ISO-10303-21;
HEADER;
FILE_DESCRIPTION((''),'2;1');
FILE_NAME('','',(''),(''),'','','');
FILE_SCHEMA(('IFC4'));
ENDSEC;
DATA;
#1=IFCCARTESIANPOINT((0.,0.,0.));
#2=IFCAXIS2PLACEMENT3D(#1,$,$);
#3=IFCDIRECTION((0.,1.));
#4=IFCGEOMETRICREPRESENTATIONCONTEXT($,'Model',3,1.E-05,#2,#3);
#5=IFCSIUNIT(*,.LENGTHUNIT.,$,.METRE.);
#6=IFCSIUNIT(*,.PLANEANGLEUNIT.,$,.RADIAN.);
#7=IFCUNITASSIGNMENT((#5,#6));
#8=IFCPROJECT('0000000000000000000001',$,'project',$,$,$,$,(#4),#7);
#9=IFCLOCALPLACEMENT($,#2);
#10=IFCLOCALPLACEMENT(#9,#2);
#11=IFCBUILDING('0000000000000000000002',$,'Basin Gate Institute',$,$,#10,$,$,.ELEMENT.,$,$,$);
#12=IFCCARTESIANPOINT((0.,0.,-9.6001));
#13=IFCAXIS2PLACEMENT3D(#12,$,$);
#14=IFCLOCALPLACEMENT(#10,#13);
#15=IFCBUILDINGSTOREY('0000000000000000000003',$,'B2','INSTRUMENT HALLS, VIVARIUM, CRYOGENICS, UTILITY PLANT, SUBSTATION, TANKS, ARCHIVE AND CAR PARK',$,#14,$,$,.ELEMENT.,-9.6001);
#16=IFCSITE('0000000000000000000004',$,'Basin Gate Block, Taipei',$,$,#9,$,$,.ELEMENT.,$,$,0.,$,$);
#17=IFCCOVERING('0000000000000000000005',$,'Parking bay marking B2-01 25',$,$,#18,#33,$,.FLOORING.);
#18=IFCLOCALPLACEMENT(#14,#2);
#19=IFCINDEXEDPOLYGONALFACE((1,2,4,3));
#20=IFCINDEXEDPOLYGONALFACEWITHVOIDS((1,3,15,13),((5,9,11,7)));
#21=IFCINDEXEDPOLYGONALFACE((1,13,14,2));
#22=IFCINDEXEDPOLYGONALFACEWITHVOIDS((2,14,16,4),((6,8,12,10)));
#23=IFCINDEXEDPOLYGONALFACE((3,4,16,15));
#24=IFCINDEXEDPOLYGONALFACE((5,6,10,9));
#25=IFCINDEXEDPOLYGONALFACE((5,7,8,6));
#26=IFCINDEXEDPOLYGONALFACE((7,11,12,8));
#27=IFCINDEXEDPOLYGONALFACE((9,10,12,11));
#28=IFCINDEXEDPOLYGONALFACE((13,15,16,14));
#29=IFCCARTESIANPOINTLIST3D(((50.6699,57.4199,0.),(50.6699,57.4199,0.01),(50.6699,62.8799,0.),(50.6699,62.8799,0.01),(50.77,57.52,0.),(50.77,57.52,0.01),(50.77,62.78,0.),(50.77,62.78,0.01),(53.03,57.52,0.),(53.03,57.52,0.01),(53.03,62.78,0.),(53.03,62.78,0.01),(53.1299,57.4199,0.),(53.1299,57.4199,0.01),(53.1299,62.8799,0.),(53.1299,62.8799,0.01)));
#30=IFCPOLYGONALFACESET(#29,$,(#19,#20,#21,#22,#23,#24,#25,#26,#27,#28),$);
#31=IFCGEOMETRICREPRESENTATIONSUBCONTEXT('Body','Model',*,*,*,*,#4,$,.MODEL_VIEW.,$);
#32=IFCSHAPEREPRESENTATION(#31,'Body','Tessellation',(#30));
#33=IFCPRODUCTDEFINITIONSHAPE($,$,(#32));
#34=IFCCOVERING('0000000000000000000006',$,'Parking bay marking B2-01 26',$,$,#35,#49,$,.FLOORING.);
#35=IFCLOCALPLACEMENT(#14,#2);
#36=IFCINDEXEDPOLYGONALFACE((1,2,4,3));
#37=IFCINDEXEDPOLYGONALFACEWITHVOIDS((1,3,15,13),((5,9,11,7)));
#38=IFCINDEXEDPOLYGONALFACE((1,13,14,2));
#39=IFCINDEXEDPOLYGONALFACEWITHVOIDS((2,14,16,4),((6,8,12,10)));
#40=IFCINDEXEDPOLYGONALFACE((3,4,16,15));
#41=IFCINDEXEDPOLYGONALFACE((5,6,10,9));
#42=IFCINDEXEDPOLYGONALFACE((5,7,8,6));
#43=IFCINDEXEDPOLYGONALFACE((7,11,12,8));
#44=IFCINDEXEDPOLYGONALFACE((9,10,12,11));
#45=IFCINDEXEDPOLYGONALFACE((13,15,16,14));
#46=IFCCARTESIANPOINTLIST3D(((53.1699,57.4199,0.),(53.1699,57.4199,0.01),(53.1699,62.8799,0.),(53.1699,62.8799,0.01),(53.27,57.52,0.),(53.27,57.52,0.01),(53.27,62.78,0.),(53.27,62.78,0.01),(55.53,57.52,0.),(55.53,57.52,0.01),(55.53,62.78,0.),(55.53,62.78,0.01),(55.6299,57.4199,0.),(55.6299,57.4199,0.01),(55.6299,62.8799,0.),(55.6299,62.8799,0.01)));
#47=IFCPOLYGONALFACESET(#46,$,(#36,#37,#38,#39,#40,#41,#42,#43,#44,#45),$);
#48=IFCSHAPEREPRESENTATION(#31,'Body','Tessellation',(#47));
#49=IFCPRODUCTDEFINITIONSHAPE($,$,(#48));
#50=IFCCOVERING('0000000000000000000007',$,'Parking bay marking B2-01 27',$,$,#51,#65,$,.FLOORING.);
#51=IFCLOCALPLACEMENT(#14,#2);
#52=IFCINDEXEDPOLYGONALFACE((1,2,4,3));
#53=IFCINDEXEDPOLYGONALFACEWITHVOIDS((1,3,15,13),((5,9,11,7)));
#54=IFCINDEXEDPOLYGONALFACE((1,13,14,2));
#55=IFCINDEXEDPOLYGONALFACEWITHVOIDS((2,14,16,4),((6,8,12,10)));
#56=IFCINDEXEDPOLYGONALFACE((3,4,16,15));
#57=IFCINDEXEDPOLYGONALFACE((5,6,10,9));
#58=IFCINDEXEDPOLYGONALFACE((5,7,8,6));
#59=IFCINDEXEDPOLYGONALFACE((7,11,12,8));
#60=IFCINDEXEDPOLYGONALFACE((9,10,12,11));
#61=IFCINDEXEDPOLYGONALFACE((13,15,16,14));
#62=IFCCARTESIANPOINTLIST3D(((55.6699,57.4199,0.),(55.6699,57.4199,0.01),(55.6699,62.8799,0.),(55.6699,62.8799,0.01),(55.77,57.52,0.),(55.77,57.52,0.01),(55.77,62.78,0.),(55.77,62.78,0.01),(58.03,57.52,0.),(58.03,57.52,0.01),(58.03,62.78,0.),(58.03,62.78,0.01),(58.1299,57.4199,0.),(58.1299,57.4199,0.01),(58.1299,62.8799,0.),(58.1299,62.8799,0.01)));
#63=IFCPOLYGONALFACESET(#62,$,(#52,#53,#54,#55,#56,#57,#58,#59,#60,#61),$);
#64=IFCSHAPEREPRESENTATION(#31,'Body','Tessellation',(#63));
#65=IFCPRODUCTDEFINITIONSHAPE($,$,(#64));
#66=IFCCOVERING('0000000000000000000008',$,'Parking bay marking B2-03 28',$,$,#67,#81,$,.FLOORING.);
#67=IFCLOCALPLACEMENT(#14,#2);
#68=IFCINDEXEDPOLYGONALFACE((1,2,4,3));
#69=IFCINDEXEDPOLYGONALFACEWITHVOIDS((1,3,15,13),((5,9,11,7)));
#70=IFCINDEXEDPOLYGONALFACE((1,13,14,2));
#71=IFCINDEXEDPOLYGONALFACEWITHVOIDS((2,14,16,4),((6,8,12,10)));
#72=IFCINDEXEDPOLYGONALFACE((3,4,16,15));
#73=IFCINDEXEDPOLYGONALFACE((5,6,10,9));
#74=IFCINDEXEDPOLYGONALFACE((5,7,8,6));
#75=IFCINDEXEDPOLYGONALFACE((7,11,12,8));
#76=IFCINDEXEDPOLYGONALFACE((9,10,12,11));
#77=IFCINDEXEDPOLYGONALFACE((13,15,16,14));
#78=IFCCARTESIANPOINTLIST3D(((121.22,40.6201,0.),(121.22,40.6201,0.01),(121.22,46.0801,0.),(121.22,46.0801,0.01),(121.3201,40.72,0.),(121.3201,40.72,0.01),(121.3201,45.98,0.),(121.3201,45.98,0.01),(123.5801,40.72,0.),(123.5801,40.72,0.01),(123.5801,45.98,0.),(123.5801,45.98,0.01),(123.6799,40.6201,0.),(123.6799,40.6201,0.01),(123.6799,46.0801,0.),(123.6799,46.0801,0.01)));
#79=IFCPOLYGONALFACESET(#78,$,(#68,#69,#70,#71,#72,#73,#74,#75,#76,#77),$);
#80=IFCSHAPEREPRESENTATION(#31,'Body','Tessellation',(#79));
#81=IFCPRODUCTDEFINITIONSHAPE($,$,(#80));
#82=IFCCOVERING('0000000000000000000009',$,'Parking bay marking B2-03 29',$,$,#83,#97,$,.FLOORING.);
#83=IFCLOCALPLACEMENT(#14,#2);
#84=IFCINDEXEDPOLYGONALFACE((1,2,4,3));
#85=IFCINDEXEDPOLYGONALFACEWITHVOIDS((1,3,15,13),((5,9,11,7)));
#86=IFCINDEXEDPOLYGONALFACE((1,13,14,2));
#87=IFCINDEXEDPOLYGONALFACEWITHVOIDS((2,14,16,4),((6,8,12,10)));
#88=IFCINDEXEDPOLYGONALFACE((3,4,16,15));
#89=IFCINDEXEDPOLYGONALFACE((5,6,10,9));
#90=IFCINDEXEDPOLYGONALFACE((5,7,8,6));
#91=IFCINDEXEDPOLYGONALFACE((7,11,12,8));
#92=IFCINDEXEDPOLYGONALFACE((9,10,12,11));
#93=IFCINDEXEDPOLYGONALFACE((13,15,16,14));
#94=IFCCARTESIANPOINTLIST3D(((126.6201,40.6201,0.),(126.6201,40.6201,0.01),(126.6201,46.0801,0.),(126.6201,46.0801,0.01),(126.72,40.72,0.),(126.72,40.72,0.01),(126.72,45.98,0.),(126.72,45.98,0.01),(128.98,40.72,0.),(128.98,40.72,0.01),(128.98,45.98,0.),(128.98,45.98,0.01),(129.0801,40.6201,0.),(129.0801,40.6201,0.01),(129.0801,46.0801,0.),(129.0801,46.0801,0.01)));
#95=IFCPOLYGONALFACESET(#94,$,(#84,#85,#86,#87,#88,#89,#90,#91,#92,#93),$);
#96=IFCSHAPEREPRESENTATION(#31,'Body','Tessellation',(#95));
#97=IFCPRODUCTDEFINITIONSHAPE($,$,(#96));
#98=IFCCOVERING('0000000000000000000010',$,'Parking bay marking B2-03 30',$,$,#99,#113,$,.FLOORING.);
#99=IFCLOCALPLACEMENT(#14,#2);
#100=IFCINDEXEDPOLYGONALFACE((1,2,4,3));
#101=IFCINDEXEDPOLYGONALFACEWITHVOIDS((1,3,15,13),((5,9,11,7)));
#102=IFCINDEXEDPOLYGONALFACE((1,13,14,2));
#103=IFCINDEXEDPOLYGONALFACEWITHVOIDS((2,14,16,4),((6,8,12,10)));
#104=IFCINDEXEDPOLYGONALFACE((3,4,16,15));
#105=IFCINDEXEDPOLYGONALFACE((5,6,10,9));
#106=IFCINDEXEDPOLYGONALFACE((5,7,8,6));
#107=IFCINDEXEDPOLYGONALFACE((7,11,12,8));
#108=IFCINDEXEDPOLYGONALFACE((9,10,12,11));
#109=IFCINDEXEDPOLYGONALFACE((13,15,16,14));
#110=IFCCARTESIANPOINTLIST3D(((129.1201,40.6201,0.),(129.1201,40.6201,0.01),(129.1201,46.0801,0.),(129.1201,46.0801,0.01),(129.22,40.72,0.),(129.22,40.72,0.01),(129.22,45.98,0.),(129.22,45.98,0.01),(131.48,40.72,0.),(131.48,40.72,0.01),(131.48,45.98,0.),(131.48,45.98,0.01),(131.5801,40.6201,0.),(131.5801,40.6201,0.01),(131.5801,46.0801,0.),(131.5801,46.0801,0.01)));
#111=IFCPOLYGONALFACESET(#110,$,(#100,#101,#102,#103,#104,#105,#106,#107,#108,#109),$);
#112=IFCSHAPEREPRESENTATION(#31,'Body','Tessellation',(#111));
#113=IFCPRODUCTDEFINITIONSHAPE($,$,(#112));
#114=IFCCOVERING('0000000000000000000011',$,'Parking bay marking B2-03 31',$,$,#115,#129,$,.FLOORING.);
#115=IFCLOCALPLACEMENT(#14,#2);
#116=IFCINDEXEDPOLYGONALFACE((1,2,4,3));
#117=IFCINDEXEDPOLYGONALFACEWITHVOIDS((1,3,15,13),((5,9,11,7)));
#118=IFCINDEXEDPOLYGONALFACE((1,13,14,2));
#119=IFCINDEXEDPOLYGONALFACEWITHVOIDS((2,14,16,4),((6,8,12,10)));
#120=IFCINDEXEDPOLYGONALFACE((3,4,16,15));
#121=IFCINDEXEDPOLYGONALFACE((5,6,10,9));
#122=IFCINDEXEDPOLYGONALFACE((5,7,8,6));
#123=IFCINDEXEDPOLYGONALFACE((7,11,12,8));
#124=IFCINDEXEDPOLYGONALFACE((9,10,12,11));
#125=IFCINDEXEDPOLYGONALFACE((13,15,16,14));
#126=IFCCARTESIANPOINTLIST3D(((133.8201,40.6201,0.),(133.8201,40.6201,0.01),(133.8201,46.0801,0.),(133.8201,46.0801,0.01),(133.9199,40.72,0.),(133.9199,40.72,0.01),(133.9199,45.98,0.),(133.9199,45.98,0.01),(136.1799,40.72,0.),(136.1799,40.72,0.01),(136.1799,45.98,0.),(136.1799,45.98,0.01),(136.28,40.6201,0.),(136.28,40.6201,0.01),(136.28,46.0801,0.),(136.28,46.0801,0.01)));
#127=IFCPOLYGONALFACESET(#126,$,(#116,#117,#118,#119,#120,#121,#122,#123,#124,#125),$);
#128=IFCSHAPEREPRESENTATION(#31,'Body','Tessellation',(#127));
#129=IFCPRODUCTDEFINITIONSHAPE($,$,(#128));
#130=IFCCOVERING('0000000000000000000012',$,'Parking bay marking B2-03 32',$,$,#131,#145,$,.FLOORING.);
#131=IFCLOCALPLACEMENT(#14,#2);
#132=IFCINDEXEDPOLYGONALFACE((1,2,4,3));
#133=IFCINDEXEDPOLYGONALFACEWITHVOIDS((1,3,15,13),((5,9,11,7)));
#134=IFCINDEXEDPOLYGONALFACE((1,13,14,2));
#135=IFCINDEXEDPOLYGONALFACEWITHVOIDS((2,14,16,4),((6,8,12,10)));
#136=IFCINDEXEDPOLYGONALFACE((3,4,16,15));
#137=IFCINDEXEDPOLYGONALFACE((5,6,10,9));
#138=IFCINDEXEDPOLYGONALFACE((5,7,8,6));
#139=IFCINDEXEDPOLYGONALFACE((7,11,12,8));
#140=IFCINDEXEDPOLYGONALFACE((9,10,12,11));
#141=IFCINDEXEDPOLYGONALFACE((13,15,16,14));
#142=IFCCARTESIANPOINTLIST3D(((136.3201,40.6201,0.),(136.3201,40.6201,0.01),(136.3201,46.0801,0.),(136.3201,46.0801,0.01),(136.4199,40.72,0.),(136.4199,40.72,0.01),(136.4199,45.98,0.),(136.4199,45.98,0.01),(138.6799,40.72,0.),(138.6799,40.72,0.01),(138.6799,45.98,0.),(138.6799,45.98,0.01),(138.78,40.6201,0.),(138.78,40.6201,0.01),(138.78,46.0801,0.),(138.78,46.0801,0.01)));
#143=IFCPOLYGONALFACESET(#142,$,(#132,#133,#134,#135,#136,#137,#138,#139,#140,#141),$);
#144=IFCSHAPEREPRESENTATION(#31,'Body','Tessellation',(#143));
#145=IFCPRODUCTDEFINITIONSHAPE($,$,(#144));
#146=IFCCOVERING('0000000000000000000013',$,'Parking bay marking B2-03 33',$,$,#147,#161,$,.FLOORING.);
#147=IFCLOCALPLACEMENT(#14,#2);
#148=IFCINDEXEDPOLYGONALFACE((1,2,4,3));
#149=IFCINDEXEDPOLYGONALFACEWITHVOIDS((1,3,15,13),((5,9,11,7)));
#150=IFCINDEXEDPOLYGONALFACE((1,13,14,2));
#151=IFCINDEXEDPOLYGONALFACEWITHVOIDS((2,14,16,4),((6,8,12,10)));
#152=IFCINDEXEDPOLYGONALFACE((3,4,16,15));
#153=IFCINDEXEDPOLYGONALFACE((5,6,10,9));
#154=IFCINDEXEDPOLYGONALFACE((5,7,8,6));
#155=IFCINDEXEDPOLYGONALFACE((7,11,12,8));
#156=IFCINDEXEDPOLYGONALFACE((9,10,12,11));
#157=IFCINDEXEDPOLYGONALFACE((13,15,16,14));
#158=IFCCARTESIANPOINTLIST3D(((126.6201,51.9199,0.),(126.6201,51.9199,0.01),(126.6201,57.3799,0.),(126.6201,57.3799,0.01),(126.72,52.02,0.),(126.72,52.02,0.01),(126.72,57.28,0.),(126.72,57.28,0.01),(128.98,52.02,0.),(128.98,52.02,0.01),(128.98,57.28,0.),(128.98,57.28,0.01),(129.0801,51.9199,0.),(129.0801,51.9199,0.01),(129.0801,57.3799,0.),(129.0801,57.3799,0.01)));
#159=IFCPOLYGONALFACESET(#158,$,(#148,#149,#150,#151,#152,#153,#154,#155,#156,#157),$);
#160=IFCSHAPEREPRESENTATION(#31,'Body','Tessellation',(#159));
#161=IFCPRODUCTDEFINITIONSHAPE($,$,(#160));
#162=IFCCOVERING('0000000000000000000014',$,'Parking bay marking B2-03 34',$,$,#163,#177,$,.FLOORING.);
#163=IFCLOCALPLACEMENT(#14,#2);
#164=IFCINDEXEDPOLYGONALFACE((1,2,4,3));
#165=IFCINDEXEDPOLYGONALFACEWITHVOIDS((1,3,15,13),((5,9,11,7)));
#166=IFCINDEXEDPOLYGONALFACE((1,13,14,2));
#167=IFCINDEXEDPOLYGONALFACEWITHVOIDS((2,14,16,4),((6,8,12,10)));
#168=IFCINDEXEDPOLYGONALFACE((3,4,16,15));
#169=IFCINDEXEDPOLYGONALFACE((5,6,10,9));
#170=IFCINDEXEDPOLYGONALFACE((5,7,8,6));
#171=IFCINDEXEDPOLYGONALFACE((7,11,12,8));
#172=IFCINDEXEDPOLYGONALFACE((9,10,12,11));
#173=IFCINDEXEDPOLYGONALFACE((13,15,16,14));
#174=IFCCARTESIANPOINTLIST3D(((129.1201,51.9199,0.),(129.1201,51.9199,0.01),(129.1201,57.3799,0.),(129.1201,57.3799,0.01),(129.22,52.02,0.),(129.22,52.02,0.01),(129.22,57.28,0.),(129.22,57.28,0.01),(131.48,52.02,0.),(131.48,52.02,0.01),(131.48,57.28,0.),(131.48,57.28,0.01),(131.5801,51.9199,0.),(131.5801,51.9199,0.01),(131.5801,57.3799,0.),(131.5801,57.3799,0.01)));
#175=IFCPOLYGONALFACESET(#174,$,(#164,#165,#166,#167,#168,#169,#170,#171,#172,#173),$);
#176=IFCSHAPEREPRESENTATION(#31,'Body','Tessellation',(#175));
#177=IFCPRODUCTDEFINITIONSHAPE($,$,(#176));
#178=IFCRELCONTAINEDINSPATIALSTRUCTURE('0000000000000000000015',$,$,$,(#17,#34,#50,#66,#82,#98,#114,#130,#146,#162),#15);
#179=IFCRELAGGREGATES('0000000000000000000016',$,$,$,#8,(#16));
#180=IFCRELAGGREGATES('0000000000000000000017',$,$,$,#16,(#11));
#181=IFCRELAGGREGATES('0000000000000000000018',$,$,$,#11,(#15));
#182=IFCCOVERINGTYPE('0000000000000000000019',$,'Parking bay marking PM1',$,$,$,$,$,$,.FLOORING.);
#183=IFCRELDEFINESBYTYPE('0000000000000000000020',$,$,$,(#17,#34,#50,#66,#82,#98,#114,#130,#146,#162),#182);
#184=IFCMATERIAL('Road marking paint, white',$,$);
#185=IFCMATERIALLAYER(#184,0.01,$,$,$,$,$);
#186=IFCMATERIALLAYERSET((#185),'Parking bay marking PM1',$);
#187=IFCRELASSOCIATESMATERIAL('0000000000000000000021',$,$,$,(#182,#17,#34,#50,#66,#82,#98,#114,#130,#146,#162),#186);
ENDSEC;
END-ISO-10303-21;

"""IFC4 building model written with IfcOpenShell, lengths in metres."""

from ifc_helpers import new_model, si_unit, direction, frame, origin, place, context, subcontext, project, spatial, polyline, outline, extrude, material, layer, layer_set, type_object, element, save


model = new_model("IFC4")

# Units and contexts
model_context = context("Model", 3, precision=1e-05, world=origin(), true_north=direction((0.0, 1.0)))
body_context = subcontext(model_context, "Body", "Model", "MODEL_VIEW")
ifc_project = project(units=[si_unit("LENGTHUNIT", "METRE"), si_unit("PLANEANGLEUNIT", "RADIAN")], contexts=[model_context])

# Site, building, storey
site_placement = place(None, origin())
site = spatial("IfcSite", under=ifc_project, at=site_placement, Name="Basin Gate Block, Taipei", CompositionType="ELEMENT", RefElevation=0.0)
building_placement = place(site_placement, origin())
building = spatial("IfcBuilding", under=site, at=building_placement, Name="Basin Gate Institute", CompositionType="ELEMENT")
storey_placement = place(building_placement, frame((0.0, 0.0, -9.6001)))
storey = spatial("IfcBuildingStorey", under=building, at=storey_placement, Name="B2", Description="INSTRUMENT HALLS, VIVARIUM, CRYOGENICS, UTILITY PLANT, SUBSTATION, TANKS, ARCHIVE AND CAR PARK", CompositionType="ELEMENT", Elevation=-9.6001)

# Coverings
ifc_material_1 = material(Name="Road marking paint, white")
ifc_layer_1 = layer(ifc_material_1, 0.01)
ifc_layer_set_1 = layer_set([ifc_layer_1], Name="Parking bay marking PM1")
covering_type = type_object("IfcCoveringType", Name="Parking bay marking PM1", PredefinedType="FLOORING", material=ifc_layer_set_1)
covering_1_placement = place(storey_placement, origin())
element("IfcCovering", 1, at=covering_1_placement, inside=storey, type_object=covering_type, material=ifc_layer_set_1, Name="Parking bay marking B2-01 25", PredefinedType="FLOORING", context=body_context, shape_type="SweptSolid", body=[
    extrude(outline(polyline([(50.6699, 57.4199), (53.1299, 57.4199), (53.1299, 62.8799), (50.6699, 62.8799), (50.6699, 57.4199)]), holes=[polyline([(50.77, 57.52), (53.03, 57.52), (53.03, 62.78), (50.77, 62.78), (50.77, 57.52)])]), origin(), (0.0, 0.0, 1.0), 0.01),
])
covering_2_placement = place(storey_placement, origin())
element("IfcCovering", 2, at=covering_2_placement, inside=storey, type_object=covering_type, material=ifc_layer_set_1, Name="Parking bay marking B2-01 26", PredefinedType="FLOORING", context=body_context, shape_type="SweptSolid", body=[
    extrude(outline(polyline([(53.1699, 57.4199), (55.6299, 57.4199), (55.6299, 62.8799), (53.1699, 62.8799), (53.1699, 57.4199)]), holes=[polyline([(53.27, 57.52), (55.53, 57.52), (55.53, 62.78), (53.27, 62.78), (53.27, 57.52)])]), origin(), (0.0, 0.0, 1.0), 0.01),
])
covering_3_placement = place(storey_placement, origin())
element("IfcCovering", 3, at=covering_3_placement, inside=storey, type_object=covering_type, material=ifc_layer_set_1, Name="Parking bay marking B2-01 27", PredefinedType="FLOORING", context=body_context, shape_type="SweptSolid", body=[
    extrude(outline(polyline([(55.6699, 57.4199), (58.1299, 57.4199), (58.1299, 62.8799), (55.6699, 62.8799), (55.6699, 57.4199)]), holes=[polyline([(55.77, 57.52), (58.03, 57.52), (58.03, 62.78), (55.77, 62.78), (55.77, 57.52)])]), origin(), (0.0, 0.0, 1.0), 0.01),
])
covering_4_placement = place(storey_placement, origin())
element("IfcCovering", 4, at=covering_4_placement, inside=storey, type_object=covering_type, material=ifc_layer_set_1, Name="Parking bay marking B2-03 28", PredefinedType="FLOORING", context=body_context, shape_type="SweptSolid", body=[
    extrude(outline(polyline([(121.22, 40.6201), (123.6799, 40.6201), (123.6799, 46.0801), (121.22, 46.0801), (121.22, 40.6201)]), holes=[polyline([(121.3201, 40.72), (123.5801, 40.72), (123.5801, 45.98), (121.3201, 45.98), (121.3201, 40.72)])]), origin(), (0.0, 0.0, 1.0), 0.01),
])
covering_5_placement = place(storey_placement, origin())
element("IfcCovering", 5, at=covering_5_placement, inside=storey, type_object=covering_type, material=ifc_layer_set_1, Name="Parking bay marking B2-03 29", PredefinedType="FLOORING", context=body_context, shape_type="SweptSolid", body=[
    extrude(outline(polyline([(126.6201, 40.6201), (129.0801, 40.6201), (129.0801, 46.0801), (126.6201, 46.0801), (126.6201, 40.6201)]), holes=[polyline([(126.72, 40.72), (128.98, 40.72), (128.98, 45.98), (126.72, 45.98), (126.72, 40.72)])]), origin(), (0.0, 0.0, 1.0), 0.01),
])
covering_6_placement = place(storey_placement, origin())
element("IfcCovering", 6, at=covering_6_placement, inside=storey, type_object=covering_type, material=ifc_layer_set_1, Name="Parking bay marking B2-03 30", PredefinedType="FLOORING", context=body_context, shape_type="SweptSolid", body=[
    extrude(outline(polyline([(129.1201, 40.6201), (131.5801, 40.6201), (131.5801, 46.0801), (129.1201, 46.0801), (129.1201, 40.6201)]), holes=[polyline([(129.22, 40.72), (131.48, 40.72), (131.48, 45.98), (129.22, 45.98), (129.22, 40.72)])]), origin(), (0.0, 0.0, 1.0), 0.01),
])
covering_7_placement = place(storey_placement, origin())
element("IfcCovering", 7, at=covering_7_placement, inside=storey, type_object=covering_type, material=ifc_layer_set_1, Name="Parking bay marking B2-03 31", PredefinedType="FLOORING", context=body_context, shape_type="SweptSolid", body=[
    extrude(outline(polyline([(133.8201, 40.6201), (136.28, 40.6201), (136.28, 46.0801), (133.8201, 46.0801), (133.8201, 40.6201)]), holes=[polyline([(133.9199, 40.72), (136.1799, 40.72), (136.1799, 45.98), (133.9199, 45.98), (133.9199, 40.72)])]), origin(), (0.0, 0.0, 1.0), 0.01),
])
covering_8_placement = place(storey_placement, origin())
element("IfcCovering", 8, at=covering_8_placement, inside=storey, type_object=covering_type, material=ifc_layer_set_1, Name="Parking bay marking B2-03 32", PredefinedType="FLOORING", context=body_context, shape_type="SweptSolid", body=[
    extrude(outline(polyline([(136.3201, 40.6201), (138.78, 40.6201), (138.78, 46.0801), (136.3201, 46.0801), (136.3201, 40.6201)]), holes=[polyline([(136.4199, 40.72), (138.6799, 40.72), (138.6799, 45.98), (136.4199, 45.98), (136.4199, 40.72)])]), origin(), (0.0, 0.0, 1.0), 0.01),
])
covering_9_placement = place(storey_placement, origin())
element("IfcCovering", 9, at=covering_9_placement, inside=storey, type_object=covering_type, material=ifc_layer_set_1, Name="Parking bay marking B2-03 33", PredefinedType="FLOORING", context=body_context, shape_type="SweptSolid", body=[
    extrude(outline(polyline([(126.6201, 51.9199), (129.0801, 51.9199), (129.0801, 57.3799), (126.6201, 57.3799), (126.6201, 51.9199)]), holes=[polyline([(126.72, 52.02), (128.98, 52.02), (128.98, 57.28), (126.72, 57.28), (126.72, 52.02)])]), origin(), (0.0, 0.0, 1.0), 0.01),
])
covering_10_placement = place(storey_placement, origin())
element("IfcCovering", 10, at=covering_10_placement, inside=storey, type_object=covering_type, material=ifc_layer_set_1, Name="Parking bay marking B2-03 34", PredefinedType="FLOORING", context=body_context, shape_type="SweptSolid", body=[
    extrude(outline(polyline([(129.1201, 51.9199), (131.5801, 51.9199), (131.5801, 57.3799), (129.1201, 57.3799), (129.1201, 51.9199)]), holes=[polyline([(129.22, 52.02), (131.48, 52.02), (131.48, 57.28), (129.22, 57.28), (129.22, 52.02)])]), origin(), (0.0, 0.0, 1.0), 0.01),
])

save(model, "model.ifc")
